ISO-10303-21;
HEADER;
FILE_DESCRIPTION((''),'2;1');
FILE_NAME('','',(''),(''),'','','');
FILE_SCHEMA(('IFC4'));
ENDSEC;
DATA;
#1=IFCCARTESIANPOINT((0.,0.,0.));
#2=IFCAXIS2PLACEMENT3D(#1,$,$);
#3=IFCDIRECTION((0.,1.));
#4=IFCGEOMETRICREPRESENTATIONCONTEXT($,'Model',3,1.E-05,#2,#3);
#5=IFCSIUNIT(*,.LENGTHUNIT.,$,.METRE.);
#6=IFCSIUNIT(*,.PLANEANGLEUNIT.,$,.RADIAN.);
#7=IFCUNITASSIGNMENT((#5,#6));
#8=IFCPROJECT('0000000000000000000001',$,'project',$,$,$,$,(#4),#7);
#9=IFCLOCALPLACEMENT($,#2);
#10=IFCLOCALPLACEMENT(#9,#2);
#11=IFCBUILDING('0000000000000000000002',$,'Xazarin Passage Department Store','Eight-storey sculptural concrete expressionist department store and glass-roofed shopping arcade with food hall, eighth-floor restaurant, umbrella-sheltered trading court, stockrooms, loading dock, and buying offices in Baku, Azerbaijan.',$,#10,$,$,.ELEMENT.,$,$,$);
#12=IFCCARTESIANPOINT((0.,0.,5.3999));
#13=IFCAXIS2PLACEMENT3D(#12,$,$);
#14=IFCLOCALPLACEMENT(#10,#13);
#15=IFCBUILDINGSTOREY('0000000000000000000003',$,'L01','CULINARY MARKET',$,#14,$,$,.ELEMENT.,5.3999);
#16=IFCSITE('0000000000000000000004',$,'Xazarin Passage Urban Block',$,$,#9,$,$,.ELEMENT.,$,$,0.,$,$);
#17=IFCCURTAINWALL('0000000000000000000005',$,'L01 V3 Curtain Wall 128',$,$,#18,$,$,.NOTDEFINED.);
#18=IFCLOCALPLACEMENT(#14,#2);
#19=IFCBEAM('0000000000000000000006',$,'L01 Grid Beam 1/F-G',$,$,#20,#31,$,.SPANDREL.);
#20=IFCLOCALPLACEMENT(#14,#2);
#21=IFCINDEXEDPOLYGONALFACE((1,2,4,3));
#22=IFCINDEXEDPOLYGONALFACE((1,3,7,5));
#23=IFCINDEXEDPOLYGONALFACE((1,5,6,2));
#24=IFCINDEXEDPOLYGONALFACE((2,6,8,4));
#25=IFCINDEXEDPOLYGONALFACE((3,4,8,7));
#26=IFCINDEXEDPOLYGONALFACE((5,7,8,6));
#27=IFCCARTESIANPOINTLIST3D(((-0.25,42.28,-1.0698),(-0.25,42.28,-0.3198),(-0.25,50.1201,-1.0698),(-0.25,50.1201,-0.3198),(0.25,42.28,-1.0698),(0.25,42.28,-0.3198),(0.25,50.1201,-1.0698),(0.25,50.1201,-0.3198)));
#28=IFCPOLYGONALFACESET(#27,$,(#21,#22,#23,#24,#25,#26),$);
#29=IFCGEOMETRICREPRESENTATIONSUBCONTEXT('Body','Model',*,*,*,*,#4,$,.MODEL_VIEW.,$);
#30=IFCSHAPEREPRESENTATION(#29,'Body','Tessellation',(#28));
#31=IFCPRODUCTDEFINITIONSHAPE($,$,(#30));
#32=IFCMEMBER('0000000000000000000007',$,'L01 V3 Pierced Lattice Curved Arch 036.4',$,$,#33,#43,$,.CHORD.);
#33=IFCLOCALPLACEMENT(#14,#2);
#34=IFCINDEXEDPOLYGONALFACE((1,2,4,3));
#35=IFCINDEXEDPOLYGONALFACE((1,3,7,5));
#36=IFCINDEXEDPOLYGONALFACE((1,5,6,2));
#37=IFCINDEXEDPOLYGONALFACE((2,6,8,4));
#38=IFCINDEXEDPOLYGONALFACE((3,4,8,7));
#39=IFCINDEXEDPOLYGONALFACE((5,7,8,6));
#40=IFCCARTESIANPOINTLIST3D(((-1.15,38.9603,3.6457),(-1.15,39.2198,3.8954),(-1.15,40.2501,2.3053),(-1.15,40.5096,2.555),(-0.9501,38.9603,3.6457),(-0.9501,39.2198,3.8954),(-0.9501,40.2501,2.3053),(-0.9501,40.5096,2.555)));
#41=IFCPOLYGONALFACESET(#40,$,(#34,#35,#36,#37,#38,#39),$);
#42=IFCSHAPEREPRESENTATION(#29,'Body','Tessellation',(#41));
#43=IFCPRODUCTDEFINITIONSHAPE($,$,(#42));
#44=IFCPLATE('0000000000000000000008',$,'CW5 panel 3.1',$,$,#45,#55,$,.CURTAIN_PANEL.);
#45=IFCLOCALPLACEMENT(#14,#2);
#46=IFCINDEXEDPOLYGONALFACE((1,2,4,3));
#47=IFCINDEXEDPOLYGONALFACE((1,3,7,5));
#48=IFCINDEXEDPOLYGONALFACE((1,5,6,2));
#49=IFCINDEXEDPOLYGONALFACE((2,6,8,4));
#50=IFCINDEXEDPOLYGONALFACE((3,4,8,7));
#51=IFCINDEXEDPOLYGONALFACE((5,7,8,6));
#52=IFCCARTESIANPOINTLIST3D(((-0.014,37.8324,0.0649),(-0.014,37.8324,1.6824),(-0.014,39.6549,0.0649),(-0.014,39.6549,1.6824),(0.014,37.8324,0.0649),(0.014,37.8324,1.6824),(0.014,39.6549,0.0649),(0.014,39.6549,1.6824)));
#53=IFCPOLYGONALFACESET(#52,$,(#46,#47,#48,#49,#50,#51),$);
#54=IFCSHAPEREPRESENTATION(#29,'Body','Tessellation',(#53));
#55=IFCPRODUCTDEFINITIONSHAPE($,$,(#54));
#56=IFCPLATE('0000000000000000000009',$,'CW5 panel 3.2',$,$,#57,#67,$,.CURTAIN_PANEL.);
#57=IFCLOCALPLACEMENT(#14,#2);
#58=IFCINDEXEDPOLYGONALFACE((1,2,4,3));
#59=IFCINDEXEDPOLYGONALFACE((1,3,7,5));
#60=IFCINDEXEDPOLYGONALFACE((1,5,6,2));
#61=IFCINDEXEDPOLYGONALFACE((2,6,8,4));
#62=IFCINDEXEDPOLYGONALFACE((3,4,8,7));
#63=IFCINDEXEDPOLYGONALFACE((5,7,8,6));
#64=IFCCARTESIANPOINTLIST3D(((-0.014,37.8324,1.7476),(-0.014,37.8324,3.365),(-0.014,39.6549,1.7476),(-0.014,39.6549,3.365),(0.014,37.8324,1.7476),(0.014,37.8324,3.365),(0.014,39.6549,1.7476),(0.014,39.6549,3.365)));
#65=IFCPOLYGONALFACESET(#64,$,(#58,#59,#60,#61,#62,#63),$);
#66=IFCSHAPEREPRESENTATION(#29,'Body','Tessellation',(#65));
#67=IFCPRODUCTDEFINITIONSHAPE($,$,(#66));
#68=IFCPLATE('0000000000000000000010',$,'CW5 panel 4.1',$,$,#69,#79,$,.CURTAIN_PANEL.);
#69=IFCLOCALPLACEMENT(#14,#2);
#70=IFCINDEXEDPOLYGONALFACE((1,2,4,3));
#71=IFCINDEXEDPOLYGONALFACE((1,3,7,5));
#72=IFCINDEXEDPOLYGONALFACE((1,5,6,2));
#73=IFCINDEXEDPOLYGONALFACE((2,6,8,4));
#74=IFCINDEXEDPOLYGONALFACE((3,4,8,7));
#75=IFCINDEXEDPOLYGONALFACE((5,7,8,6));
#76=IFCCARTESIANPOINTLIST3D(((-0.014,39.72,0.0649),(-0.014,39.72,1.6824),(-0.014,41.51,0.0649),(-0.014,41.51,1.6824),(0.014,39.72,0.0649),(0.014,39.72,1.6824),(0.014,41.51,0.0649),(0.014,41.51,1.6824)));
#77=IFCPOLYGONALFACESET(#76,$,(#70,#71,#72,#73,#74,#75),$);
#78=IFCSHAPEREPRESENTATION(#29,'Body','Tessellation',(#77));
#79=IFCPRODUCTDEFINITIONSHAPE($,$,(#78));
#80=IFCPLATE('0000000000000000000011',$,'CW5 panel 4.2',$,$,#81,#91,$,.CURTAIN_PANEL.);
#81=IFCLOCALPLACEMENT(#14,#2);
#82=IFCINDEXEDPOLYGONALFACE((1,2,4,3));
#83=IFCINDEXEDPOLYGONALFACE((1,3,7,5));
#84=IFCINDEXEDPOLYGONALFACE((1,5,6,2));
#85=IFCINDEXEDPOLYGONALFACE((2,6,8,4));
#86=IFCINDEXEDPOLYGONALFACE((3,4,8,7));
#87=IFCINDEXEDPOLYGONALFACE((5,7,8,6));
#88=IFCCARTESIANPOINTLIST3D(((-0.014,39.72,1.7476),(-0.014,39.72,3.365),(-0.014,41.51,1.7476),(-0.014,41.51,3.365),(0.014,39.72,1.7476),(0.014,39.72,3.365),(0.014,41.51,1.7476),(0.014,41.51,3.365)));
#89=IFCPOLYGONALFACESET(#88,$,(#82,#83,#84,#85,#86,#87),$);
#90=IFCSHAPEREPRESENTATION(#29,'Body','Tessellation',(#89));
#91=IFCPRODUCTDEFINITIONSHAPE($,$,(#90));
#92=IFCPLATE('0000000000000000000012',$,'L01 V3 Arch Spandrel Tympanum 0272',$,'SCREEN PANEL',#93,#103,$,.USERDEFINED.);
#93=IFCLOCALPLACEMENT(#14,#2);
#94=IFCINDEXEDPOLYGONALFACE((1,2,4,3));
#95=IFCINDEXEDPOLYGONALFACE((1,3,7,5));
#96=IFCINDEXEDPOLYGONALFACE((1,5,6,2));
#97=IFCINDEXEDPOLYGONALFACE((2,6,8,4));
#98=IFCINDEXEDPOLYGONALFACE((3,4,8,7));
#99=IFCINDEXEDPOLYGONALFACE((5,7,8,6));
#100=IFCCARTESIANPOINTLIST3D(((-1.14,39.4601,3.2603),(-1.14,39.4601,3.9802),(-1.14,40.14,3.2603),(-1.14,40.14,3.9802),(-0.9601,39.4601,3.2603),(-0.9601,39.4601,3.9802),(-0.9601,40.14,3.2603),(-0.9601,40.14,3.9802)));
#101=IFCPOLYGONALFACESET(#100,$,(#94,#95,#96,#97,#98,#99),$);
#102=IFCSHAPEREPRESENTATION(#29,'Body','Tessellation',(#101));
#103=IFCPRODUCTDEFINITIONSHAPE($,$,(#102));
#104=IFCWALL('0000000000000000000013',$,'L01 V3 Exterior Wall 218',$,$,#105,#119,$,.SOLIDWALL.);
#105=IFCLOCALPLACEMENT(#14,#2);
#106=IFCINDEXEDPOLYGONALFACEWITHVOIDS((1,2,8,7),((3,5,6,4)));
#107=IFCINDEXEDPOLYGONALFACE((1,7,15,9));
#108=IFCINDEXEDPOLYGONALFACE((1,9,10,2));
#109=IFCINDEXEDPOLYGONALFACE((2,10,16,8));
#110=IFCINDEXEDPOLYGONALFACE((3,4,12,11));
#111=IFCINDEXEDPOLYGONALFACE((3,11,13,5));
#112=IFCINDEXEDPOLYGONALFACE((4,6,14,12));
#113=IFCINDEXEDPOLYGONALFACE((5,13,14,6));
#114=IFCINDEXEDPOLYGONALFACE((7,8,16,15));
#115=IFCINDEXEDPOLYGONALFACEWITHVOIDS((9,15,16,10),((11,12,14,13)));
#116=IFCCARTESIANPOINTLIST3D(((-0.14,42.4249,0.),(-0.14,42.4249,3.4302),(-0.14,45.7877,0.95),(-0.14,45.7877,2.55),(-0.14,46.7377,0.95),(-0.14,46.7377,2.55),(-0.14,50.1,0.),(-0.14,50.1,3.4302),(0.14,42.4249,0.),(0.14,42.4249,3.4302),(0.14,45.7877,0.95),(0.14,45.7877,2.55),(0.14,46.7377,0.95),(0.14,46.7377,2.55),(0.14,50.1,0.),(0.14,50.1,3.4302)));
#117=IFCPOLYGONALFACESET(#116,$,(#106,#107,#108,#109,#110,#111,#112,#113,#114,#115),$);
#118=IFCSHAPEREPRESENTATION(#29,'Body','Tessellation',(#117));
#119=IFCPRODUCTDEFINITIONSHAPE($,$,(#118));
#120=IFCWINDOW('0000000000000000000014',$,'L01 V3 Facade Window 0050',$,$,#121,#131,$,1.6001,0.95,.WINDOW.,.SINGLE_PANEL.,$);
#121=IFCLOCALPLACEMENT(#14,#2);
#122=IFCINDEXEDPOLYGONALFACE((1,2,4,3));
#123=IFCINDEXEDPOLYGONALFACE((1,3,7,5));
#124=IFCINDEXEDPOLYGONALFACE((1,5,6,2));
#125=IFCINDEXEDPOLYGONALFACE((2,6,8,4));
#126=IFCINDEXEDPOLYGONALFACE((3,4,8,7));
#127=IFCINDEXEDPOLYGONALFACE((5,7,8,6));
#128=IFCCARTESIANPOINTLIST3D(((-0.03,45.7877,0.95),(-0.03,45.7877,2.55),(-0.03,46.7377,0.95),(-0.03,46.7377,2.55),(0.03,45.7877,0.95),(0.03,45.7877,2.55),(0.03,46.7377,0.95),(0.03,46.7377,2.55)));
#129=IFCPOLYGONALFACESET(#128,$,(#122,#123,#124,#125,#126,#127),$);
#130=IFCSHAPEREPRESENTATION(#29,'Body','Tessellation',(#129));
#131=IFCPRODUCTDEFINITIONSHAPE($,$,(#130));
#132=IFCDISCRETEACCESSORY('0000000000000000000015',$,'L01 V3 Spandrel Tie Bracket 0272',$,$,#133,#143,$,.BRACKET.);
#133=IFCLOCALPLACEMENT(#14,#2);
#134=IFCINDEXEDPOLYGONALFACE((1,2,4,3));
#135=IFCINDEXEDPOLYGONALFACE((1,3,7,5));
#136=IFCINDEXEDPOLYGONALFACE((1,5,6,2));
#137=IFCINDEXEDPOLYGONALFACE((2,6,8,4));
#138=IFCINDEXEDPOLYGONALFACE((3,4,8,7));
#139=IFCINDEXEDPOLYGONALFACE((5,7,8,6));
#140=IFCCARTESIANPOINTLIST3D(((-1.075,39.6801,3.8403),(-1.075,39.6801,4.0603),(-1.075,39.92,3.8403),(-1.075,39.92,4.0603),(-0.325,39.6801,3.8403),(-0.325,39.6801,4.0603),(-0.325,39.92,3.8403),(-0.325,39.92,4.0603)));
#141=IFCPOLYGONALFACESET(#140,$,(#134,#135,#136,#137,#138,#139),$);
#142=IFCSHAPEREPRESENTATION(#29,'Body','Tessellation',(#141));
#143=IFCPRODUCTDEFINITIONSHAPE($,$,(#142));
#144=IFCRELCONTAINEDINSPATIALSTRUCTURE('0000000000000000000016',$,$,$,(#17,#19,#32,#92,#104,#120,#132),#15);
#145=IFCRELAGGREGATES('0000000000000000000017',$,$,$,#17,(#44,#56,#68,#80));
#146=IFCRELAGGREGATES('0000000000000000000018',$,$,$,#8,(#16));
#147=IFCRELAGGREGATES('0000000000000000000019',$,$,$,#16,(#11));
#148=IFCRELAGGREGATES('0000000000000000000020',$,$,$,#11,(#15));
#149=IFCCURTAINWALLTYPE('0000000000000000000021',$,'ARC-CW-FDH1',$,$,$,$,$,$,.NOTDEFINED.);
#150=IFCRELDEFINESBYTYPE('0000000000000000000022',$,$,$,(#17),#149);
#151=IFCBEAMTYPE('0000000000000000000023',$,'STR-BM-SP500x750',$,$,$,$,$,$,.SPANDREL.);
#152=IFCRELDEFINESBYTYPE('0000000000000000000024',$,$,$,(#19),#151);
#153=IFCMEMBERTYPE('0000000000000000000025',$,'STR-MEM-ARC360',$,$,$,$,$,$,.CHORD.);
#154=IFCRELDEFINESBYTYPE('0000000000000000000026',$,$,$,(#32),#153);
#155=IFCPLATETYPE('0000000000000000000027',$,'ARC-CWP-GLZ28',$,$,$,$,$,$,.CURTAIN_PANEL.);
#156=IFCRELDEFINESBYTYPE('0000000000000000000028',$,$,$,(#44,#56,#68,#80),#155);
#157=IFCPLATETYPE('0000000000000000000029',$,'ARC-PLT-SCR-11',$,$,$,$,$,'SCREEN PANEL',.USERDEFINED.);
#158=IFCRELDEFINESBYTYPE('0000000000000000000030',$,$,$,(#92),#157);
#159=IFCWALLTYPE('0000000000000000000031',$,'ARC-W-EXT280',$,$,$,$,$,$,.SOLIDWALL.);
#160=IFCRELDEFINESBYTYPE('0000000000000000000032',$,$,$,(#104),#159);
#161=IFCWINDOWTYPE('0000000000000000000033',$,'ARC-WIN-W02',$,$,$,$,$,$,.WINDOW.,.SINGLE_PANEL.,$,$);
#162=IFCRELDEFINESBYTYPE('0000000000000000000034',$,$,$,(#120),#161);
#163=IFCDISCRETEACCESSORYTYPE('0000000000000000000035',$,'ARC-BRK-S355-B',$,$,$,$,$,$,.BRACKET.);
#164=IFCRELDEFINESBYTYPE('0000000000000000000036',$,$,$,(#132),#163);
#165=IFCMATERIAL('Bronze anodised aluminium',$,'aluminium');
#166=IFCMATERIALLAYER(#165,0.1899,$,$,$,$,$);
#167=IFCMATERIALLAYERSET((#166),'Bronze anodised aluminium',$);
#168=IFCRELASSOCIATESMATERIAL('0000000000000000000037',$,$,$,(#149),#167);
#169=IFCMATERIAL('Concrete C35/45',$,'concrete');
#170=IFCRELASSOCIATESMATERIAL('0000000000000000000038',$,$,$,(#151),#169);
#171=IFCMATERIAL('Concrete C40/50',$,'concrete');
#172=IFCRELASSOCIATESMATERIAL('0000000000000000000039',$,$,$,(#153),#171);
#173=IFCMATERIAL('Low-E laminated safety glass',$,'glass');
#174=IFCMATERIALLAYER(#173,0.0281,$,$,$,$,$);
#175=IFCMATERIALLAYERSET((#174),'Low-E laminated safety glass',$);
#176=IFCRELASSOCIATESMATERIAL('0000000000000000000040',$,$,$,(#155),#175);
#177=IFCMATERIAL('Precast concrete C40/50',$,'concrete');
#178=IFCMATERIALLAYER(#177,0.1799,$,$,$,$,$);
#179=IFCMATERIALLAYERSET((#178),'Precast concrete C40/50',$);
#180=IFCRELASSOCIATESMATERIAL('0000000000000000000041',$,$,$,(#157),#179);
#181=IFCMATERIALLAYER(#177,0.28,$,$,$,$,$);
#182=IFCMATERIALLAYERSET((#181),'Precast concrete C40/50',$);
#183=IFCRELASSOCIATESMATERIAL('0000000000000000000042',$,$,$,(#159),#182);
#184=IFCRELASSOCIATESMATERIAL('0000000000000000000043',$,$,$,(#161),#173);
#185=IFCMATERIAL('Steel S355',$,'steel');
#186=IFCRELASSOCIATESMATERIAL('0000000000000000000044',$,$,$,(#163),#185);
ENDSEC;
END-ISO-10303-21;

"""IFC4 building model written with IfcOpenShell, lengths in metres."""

from ifc_helpers import new_model, si_unit, direction, frame, frame_2d, origin, origin_2d, place, context, subcontext, project, spatial, rectangle, extrude, material, layer, layer_set, material_profile, profile_set, type_object, element, fill, aggregate, save


model = new_model("IFC4")

# Units and contexts
model_context = context("Model", 3, precision=1e-05, world=origin(), true_north=direction((0.0, 1.0)))
body_context = subcontext(model_context, "Body", "Model", "MODEL_VIEW")
ifc_project = project(units=[si_unit("LENGTHUNIT", "METRE"), si_unit("PLANEANGLEUNIT", "RADIAN")], contexts=[model_context])

# Site, building, storey
site_placement = place(None, origin())
site = spatial("IfcSite", under=ifc_project, at=site_placement, Name="Xazarin Passage Urban Block", CompositionType="ELEMENT", RefElevation=0.0)
building_placement = place(site_placement, origin())
building = spatial("IfcBuilding", under=site, at=building_placement, Name="Xazarin Passage Department Store", Description="Eight-storey sculptural concrete expressionist department store and glass-roofed shopping arcade with food hall, eighth-floor restaurant, umbrella-sheltered trading court, stockrooms, loading dock, and buying offices in Baku, Azerbaijan.", CompositionType="ELEMENT")
storey_placement = place(building_placement, frame((0.0, 0.0, 5.3999)))
storey = spatial("IfcBuildingStorey", under=building, at=storey_placement, Name="L01", Description="CULINARY MARKET", CompositionType="ELEMENT", Elevation=5.3999)

# Shared definitions
ifc_material_1 = material(Name="Concrete C40/50", Category="concrete")

# Curtain wall
ifc_material_2 = material(Name="Bronze anodised aluminium", Category="aluminium")
ifc_layer_1 = layer(ifc_material_2, 0.1899)
ifc_layer_set_1 = layer_set([ifc_layer_1], Name="Bronze anodised aluminium")
curtain_wall_type = type_object("IfcCurtainWallType", Name="ARC-CW-FDH1", PredefinedType="NOTDEFINED", material=ifc_layer_set_1)
curtain_wall_placement = place(storey_placement, origin())
curtain_wall = element("IfcCurtainWall", 1, at=curtain_wall_placement, inside=storey, type_object=curtain_wall_type, Name="L01 V3 Curtain Wall 128", PredefinedType="NOTDEFINED")

# Beam
ifc_material_3 = material(Name="Concrete C35/45", Category="concrete")
ifc_material_profile_1 = material_profile(ifc_material_3, rectangle(XDim=0.5, YDim=0.75, at=origin_2d()), Name="RC 500x750")
ifc_profile_set_1 = profile_set([ifc_material_profile_1], Name="Concrete C35/45")
beam_type_1 = type_object("IfcBeamType", Name="STR-BM-SP500x750", PredefinedType="SPANDREL", material=ifc_profile_set_1)
beam_1_placement = place(storey_placement, frame((0.0, 42.28, -0.6948), z_axis=(0.0, 1.0, 0.0), x_axis=(-1.0, 0.0, 0.0)))
element("IfcBeam", 2, at=beam_1_placement, inside=storey, type_object=beam_type_1, Name="L01 Grid Beam 1/F-G", PredefinedType="SPANDREL", context=body_context, shape_type="SweptSolid", body=[
    extrude(rectangle(XDim=0.5, YDim=0.75, at=origin_2d()), origin(), (0.0, 0.0, 1.0), 7.8401),
])

# Member
ifc_material_profile_2 = material_profile(ifc_material_1, rectangle(XDim=0.2, YDim=0.3601, at=origin_2d()), Name="RC 200x360")
ifc_profile_set_2 = profile_set([ifc_material_profile_2], Name="Concrete C40/50")
member_type_1 = type_object("IfcMemberType", Name="STR-MEM-ARC360", PredefinedType="CHORD", material=ifc_profile_set_2)
member_1_placement = place(storey_placement, frame((-1.05, 39.0901, 3.7705), z_axis=(0.0, 0.693392, -0.720561), x_axis=(-1.0, 0.0, 0.0)))
element("IfcMember", 3, at=member_1_placement, inside=storey, type_object=member_type_1, Name="L01 V3 Pierced Lattice Curved Arch 036.4", PredefinedType="CHORD", context=body_context, shape_type="SweptSolid", body=[
    extrude(rectangle(XDim=0.2, YDim=0.3601, at=origin_2d()), origin(), (0.0, 0.0, 1.0), 1.8601),
])

# Plates
ifc_material_4 = material(Name="Low-E laminated safety glass", Category="glass")
ifc_layer_2 = layer(ifc_material_4, 0.0281)
ifc_layer_set_2 = layer_set([ifc_layer_2], Name="Low-E laminated safety glass")
plate_type_1 = type_object("IfcPlateType", Name="ARC-CWP-GLZ28", PredefinedType="CURTAIN_PANEL", material=ifc_layer_set_2)
plate_1_placement = place(storey_placement, frame((0.0, 38.7437, 0.0649), z_axis=(0.0, 0.0, 1.0), x_axis=(0.0, 1.0, 0.0)))
plate_1 = element("IfcPlate", 4, at=plate_1_placement, type_object=plate_type_1, Name="CW5 panel 3.1", PredefinedType="CURTAIN_PANEL", context=body_context, shape_type="SweptSolid", body=[
    extrude(rectangle(XDim=1.8225, YDim=0.0281, at=origin_2d()), origin(), (0.0, 0.0, 1.0), 1.6174),
])
plate_2_placement = place(storey_placement, frame((0.0, 38.7437, 1.7476), z_axis=(0.0, 0.0, 1.0), x_axis=(0.0, 1.0, 0.0)))
plate_2 = element("IfcPlate", 5, at=plate_2_placement, type_object=plate_type_1, Name="CW5 panel 3.2", PredefinedType="CURTAIN_PANEL", context=body_context, shape_type="SweptSolid", body=[
    extrude(rectangle(XDim=1.8225, YDim=0.0281, at=origin_2d()), origin(), (0.0, 0.0, 1.0), 1.6174),
])
plate_3_placement = place(storey_placement, frame((0.0, 40.615, 0.0649), z_axis=(0.0, 0.0, 1.0), x_axis=(0.0, 1.0, 0.0)))
plate_3 = element("IfcPlate", 6, at=plate_3_placement, type_object=plate_type_1, Name="CW5 panel 4.1", PredefinedType="CURTAIN_PANEL", context=body_context, shape_type="SweptSolid", body=[
    extrude(rectangle(XDim=1.79, YDim=0.0281, at=origin_2d()), origin(), (0.0, 0.0, 1.0), 1.6174),
])
plate_4_placement = place(storey_placement, frame((0.0, 40.615, 1.7476), z_axis=(0.0, 0.0, 1.0), x_axis=(0.0, 1.0, 0.0)))
plate_4 = element("IfcPlate", 7, at=plate_4_placement, type_object=plate_type_1, Name="CW5 panel 4.2", PredefinedType="CURTAIN_PANEL", context=body_context, shape_type="SweptSolid", body=[
    extrude(rectangle(XDim=1.79, YDim=0.0281, at=origin_2d()), origin(), (0.0, 0.0, 1.0), 1.6174),
])
aggregate(curtain_wall, [plate_1, plate_2, plate_3, plate_4])
ifc_material_5 = material(Name="Precast concrete C40/50", Category="concrete")
ifc_layer_3 = layer(ifc_material_5, 0.1799)
ifc_layer_set_3 = layer_set([ifc_layer_3], Name="Precast concrete C40/50")
plate_type_2 = type_object("IfcPlateType", Name="ARC-PLT-SCR-11", ElementType="SCREEN PANEL", PredefinedType="USERDEFINED", material=ifc_layer_set_3)
plate_5_placement = place(storey_placement, frame((-1.05, 39.8, 3.2603), z_axis=(0.0, 0.0, 1.0), x_axis=(0.0, 1.0, 0.0)))
element("IfcPlate", 8, at=plate_5_placement, inside=storey, type_object=plate_type_2, Name="L01 V3 Arch Spandrel Tympanum 0272", ObjectType="SCREEN PANEL", PredefinedType="USERDEFINED", context=body_context, shape_type="SweptSolid", body=[
    extrude(rectangle(XDim=0.6799, YDim=0.1799, at=origin_2d()), origin(), (0.0, 0.0, 1.0), 0.72),
])

# Wall, opening, window
ifc_layer_4 = layer(ifc_material_5, 0.28)
ifc_layer_set_4 = layer_set([ifc_layer_4], Name="Precast concrete C40/50")
wall_type = type_object("IfcWallType", Name="ARC-W-EXT280", PredefinedType="SOLIDWALL", material=ifc_layer_set_4)
wall_placement = place(storey_placement, frame((0.0, 42.425, 0.0), z_axis=(0.0, 0.0, 1.0), x_axis=(0.0, 1.0, 0.0)))
wall = element("IfcWall", 9, at=wall_placement, inside=storey, type_object=wall_type, Name="L01 V3 Exterior Wall 218", PredefinedType="SOLIDWALL", context=body_context, shape_type="SweptSolid", body=[
    extrude(rectangle(XDim=7.675, YDim=0.28, at=frame_2d((3.8374, 0.0))), origin(), (0.0, 0.0, 1.0), 3.4302),
])
opening_placement = place(wall_placement, frame((3.3625, 0.0, 0.95)))
opening = element("IfcOpeningElement", 10, at=opening_placement, cuts=wall, PredefinedType="OPENING", context=body_context, shape_type="SweptSolid", body=[
    extrude(rectangle(XDim=0.95, YDim=1.6001, at=frame_2d((0.4751, 0.8))), frame((0.0, 0.1499, 0.0), z_axis=(0.0, -1.0, 0.0), x_axis=(1.0, 0.0, 0.0)), (0.0, 0.0, 1.0), 0.3),
])
window_type = type_object("IfcWindowType", Name="ARC-WIN-W02", PartitioningType="SINGLE_PANEL", PredefinedType="WINDOW", material=ifc_material_4)
window_placement = place(opening_placement, origin())
window = element("IfcWindow", 11, at=window_placement, inside=storey, type_object=window_type, Name="L01 V3 Facade Window 0050", OverallHeight=1.6001, OverallWidth=0.95, PartitioningType="SINGLE_PANEL", PredefinedType="WINDOW", context=body_context, shape_type="SweptSolid", body=[
    extrude(rectangle(XDim=0.95, YDim=1.6001, at=frame_2d((0.4751, 0.8))), frame((0.0, 0.03, 0.0), z_axis=(0.0, -1.0, 0.0), x_axis=(1.0, 0.0, 0.0)), (0.0, 0.0, 1.0), 0.0601),
])
fill(opening, window)

# Discrete accessory
ifc_material_6 = material(Name="Steel S355", Category="steel")
discrete_accessory_type = type_object("IfcDiscreteAccessoryType", Name="ARC-BRK-S355-B", PredefinedType="BRACKET", material=ifc_material_6)
discrete_accessory_placement = place(storey_placement, frame((-0.7, 39.8, 3.8403), z_axis=(0.0, 0.0, 1.0), x_axis=(0.0, 1.0, 0.0)))
element("IfcDiscreteAccessory", 12, at=discrete_accessory_placement, inside=storey, type_object=discrete_accessory_type, Name="L01 V3 Spandrel Tie Bracket 0272", PredefinedType="BRACKET", context=body_context, shape_type="SweptSolid", body=[
    extrude(rectangle(XDim=0.24, YDim=0.75, at=origin_2d()), origin(), (0.0, 0.0, 1.0), 0.22),
])

save(model, "model.ifc")
